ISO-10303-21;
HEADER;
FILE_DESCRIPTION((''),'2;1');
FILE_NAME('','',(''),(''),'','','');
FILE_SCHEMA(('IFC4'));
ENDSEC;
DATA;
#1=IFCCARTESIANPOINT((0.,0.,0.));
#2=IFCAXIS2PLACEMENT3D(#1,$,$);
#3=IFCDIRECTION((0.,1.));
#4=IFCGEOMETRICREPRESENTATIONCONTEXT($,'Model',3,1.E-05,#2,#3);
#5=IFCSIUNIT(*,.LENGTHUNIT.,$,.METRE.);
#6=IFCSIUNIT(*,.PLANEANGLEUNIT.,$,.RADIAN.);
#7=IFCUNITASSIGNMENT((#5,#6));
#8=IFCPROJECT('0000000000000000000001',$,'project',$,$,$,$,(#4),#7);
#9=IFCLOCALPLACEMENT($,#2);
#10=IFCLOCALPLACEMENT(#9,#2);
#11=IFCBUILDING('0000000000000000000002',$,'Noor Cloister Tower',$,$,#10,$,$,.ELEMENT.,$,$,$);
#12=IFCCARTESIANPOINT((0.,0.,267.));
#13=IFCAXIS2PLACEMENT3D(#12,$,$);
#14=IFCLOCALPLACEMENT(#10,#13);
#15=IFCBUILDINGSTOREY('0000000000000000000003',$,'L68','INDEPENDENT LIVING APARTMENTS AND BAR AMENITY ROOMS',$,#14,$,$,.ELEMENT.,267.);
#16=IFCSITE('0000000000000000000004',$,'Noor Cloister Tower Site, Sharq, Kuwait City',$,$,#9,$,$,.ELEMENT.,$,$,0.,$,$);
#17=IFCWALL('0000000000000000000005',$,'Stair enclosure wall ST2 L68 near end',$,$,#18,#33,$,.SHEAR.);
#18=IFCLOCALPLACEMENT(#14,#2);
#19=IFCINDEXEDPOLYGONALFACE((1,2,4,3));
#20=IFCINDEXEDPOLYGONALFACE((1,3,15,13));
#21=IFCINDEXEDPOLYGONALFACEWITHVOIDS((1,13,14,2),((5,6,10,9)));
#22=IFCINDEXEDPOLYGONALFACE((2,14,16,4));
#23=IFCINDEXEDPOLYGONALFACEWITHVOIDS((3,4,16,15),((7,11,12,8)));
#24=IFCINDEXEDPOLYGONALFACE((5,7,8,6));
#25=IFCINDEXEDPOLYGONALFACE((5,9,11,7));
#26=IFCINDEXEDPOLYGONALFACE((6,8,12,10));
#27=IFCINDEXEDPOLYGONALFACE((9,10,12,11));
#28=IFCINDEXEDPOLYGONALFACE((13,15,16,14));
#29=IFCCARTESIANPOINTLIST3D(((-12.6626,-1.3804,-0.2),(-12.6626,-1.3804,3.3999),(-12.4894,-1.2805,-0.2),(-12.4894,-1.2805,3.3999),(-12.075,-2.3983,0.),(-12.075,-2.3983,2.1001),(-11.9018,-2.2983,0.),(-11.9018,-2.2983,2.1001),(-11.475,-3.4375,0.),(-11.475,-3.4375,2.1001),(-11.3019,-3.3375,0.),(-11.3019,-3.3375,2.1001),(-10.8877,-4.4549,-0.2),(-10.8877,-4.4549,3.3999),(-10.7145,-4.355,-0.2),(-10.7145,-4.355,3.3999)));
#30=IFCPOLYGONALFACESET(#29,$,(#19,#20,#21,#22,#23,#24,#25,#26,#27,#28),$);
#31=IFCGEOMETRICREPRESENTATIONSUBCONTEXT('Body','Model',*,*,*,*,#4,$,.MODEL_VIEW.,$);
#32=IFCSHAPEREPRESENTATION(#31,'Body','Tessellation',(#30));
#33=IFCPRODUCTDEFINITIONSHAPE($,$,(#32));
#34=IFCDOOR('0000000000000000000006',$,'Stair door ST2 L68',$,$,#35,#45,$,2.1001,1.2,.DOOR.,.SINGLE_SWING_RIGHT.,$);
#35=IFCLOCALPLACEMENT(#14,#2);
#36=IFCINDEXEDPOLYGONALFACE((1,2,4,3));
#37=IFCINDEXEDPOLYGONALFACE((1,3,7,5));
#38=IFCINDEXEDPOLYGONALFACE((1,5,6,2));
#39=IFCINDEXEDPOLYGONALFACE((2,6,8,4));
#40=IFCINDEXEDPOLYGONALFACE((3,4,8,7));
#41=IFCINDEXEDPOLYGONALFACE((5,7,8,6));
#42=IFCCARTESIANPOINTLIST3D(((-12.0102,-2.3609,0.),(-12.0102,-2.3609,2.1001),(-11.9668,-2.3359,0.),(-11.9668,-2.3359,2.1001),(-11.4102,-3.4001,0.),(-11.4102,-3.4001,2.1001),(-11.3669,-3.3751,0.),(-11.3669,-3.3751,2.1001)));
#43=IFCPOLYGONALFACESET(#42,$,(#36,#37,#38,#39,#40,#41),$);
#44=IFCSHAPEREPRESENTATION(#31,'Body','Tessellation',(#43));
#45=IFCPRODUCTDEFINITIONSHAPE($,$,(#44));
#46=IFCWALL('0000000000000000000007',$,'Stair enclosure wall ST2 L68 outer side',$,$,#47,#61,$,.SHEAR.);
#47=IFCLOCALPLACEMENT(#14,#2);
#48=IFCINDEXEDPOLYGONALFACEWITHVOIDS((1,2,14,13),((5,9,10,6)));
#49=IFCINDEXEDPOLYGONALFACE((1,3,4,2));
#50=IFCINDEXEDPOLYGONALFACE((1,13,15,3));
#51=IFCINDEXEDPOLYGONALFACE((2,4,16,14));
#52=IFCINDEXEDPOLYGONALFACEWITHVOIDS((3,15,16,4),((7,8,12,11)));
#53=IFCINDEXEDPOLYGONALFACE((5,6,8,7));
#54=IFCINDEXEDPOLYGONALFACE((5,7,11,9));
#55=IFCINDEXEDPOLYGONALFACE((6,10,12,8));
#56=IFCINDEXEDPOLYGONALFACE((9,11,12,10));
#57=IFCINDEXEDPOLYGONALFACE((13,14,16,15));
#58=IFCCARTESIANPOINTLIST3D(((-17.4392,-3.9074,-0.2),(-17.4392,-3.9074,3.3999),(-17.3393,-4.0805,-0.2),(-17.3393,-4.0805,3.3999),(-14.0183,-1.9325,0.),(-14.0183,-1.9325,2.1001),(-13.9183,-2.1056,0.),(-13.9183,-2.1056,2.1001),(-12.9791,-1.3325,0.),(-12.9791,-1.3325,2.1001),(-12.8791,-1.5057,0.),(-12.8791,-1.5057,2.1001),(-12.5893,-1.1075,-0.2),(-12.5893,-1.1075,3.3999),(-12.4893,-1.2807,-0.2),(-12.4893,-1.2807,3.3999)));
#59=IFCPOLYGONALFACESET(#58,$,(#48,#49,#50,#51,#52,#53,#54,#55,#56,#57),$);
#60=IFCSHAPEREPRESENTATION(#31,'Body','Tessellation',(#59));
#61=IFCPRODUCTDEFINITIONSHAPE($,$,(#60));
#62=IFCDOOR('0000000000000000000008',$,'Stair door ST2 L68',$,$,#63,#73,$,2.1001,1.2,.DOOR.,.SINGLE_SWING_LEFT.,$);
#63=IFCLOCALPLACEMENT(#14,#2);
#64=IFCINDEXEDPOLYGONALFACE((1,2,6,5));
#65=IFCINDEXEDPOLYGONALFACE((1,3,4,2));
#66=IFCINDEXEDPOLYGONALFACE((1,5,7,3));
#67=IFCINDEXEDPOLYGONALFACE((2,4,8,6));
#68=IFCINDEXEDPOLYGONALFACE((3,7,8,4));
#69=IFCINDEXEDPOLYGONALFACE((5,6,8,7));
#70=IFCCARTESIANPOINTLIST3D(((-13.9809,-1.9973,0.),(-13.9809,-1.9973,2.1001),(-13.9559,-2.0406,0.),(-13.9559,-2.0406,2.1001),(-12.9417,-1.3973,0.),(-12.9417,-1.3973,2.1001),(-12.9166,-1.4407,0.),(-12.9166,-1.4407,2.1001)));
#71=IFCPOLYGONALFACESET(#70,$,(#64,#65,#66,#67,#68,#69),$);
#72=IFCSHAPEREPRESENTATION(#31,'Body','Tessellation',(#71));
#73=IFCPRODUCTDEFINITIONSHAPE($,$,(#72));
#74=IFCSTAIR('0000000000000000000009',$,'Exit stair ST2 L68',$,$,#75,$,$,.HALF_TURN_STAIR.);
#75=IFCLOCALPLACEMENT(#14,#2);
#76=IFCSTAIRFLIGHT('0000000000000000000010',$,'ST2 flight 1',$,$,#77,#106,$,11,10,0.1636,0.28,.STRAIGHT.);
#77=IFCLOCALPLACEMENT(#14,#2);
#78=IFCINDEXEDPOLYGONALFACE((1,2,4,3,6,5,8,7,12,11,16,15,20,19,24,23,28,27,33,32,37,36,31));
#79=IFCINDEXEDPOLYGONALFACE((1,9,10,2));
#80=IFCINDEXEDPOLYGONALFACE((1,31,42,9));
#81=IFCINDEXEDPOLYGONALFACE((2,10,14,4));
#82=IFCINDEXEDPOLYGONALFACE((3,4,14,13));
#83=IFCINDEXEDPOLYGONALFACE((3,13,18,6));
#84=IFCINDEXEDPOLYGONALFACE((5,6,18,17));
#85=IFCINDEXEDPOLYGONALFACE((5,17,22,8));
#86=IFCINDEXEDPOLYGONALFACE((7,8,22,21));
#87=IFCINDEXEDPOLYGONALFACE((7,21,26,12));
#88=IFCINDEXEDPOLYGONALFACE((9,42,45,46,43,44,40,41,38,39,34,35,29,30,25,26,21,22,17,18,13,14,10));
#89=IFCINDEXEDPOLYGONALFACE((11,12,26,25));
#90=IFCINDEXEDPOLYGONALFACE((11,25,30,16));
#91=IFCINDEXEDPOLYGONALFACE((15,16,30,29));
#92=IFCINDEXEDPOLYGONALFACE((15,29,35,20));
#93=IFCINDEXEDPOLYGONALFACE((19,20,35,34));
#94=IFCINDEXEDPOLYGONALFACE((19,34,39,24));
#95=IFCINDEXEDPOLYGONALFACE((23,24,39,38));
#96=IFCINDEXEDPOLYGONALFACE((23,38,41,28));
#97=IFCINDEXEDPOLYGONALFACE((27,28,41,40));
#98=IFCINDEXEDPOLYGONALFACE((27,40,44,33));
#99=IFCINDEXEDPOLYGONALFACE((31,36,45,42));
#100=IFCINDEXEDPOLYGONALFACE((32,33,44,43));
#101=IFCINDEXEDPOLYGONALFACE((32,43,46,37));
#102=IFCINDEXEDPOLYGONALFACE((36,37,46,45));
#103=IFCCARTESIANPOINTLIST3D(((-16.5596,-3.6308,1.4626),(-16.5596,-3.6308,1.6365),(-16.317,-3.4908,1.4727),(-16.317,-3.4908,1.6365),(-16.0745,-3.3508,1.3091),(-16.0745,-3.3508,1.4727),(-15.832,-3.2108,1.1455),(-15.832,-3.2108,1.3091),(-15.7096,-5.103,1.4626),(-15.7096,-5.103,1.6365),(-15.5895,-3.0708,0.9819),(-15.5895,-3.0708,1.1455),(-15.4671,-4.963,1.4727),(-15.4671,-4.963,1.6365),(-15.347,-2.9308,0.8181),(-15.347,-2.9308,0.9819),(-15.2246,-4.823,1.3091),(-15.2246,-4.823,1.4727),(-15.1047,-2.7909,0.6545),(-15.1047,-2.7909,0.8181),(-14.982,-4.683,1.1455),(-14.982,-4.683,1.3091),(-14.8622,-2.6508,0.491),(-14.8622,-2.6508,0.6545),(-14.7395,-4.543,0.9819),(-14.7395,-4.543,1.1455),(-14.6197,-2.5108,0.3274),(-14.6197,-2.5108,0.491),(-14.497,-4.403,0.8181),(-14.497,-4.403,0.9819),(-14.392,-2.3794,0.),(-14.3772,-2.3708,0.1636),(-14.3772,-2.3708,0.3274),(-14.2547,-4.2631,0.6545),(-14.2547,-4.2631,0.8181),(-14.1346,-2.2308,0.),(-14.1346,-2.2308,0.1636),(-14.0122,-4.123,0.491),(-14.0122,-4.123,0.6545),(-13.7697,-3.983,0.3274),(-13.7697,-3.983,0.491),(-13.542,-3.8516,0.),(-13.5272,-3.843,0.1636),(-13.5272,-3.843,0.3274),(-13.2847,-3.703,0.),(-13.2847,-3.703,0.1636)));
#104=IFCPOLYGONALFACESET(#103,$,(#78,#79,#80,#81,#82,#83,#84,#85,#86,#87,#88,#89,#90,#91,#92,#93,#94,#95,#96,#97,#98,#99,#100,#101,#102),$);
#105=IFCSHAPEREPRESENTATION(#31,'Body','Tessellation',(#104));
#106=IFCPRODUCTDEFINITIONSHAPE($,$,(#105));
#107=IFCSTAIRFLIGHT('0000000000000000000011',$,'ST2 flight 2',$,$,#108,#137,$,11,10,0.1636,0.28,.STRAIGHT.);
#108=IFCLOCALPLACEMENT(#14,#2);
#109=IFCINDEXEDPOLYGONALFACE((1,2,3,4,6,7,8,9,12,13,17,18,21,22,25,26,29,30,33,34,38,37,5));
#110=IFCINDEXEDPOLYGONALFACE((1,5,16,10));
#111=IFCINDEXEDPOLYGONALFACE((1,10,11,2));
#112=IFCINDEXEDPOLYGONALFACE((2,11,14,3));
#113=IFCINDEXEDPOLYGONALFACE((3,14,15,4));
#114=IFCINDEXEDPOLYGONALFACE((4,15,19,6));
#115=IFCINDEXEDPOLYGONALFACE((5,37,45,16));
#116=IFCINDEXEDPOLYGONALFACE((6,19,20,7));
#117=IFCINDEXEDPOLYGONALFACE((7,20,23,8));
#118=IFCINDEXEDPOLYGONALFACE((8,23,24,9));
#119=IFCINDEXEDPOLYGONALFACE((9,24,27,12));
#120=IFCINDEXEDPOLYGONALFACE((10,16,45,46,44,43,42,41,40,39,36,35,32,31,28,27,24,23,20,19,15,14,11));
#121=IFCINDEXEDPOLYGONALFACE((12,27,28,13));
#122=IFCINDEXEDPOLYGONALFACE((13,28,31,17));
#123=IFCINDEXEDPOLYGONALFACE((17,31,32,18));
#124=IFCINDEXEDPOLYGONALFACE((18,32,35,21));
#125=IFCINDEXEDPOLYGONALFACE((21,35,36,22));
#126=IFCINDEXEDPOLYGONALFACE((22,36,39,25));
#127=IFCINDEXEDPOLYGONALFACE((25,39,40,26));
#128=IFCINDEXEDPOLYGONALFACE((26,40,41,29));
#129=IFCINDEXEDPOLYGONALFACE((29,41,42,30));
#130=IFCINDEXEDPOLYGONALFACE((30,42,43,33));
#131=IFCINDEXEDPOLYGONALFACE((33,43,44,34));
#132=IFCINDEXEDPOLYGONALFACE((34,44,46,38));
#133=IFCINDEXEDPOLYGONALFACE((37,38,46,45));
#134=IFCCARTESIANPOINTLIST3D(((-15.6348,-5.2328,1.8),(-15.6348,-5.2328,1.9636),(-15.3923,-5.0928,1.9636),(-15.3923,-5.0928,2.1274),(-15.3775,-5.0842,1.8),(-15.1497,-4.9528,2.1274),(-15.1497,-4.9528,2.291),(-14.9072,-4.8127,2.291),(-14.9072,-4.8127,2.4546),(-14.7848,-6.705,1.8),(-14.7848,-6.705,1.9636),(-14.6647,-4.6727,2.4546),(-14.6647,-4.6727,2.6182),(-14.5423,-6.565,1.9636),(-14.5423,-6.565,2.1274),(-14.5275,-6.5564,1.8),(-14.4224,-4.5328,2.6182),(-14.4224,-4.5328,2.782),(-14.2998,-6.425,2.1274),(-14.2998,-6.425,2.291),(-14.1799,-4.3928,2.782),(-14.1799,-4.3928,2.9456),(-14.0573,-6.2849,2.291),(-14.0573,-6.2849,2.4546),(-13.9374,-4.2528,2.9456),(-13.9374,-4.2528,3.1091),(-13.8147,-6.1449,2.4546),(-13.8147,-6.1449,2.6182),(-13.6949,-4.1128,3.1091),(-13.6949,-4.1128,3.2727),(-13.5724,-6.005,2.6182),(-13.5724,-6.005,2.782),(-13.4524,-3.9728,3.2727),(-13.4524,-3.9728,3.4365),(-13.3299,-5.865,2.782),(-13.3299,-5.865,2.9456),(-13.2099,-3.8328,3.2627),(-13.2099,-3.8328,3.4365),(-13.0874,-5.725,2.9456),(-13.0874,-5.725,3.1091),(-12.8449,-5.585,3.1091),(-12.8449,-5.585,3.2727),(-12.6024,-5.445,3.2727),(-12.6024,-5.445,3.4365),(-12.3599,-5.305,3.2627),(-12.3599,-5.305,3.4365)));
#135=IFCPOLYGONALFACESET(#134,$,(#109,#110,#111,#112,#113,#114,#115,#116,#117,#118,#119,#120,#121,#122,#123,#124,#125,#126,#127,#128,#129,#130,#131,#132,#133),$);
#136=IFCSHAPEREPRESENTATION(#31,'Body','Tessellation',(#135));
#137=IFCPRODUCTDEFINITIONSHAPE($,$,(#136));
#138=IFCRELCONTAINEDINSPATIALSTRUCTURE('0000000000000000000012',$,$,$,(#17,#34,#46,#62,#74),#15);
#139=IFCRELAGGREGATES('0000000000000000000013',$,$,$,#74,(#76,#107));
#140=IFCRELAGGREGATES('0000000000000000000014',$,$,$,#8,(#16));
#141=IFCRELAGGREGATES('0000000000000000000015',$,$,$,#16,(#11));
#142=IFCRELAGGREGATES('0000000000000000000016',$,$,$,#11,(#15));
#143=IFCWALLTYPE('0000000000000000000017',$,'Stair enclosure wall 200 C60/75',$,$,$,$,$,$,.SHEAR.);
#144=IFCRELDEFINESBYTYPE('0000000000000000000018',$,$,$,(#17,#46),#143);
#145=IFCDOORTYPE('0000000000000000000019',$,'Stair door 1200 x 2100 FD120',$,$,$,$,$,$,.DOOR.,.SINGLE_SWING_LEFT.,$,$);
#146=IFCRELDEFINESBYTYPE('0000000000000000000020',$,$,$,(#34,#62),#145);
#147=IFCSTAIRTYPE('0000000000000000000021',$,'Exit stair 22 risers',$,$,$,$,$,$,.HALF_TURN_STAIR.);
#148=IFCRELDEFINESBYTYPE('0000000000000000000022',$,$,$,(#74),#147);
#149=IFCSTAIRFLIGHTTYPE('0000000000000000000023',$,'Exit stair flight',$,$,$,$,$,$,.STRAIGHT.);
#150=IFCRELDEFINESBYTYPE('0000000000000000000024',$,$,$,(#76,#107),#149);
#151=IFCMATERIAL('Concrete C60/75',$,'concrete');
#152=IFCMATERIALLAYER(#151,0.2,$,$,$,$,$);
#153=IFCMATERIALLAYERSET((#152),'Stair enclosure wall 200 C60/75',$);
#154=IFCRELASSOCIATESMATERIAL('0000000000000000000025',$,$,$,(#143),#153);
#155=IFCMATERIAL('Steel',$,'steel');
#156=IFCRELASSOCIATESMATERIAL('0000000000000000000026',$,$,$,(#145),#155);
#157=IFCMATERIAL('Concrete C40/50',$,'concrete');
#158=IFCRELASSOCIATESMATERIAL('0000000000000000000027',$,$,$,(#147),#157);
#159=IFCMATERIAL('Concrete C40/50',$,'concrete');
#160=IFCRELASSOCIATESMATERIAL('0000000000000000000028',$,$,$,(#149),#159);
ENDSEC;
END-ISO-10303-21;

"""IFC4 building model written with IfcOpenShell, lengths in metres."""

from ifc_helpers import new_model, si_unit, direction, frame, frame_2d, origin, place, context, subcontext, project, spatial, polyline, rectangle, outline, extrude, material, layer, layer_set, type_object, element, fill, aggregate, save


model = new_model("IFC4")

# Units and contexts
model_context = context("Model", 3, precision=1e-05, world=origin(), true_north=direction((0.0, 1.0)))
body_context = subcontext(model_context, "Body", "Model", "MODEL_VIEW")
ifc_project = project(units=[si_unit("LENGTHUNIT", "METRE"), si_unit("PLANEANGLEUNIT", "RADIAN")], contexts=[model_context])

# Site, building, storey
site_placement = place(None, origin())
site = spatial("IfcSite", under=ifc_project, at=site_placement, Name="Noor Cloister Tower Site, Sharq, Kuwait City", CompositionType="ELEMENT", RefElevation=0.0)
building_placement = place(site_placement, origin())
building = spatial("IfcBuilding", under=site, at=building_placement, Name="Noor Cloister Tower", CompositionType="ELEMENT")
storey_placement = place(building_placement, frame((0.0, 0.0, 267.0)))
storey = spatial("IfcBuildingStorey", under=building, at=storey_placement, Name="L68", Description="INDEPENDENT LIVING APARTMENTS AND BAR AMENITY ROOMS", CompositionType="ELEMENT", Elevation=267.0)

# Walls, openings, doors
ifc_material_1 = material(Name="Concrete C60/75", Category="concrete")
ifc_layer_1 = layer(ifc_material_1, 0.2)
ifc_layer_set_1 = layer_set([ifc_layer_1], Name="Stair enclosure wall 200 C60/75")
wall_type_1 = type_object("IfcWallType", Name="Stair enclosure wall 200 C60/75", PredefinedType="SHEAR", material=ifc_layer_set_1)
wall_1_placement = place(storey_placement, frame((-12.5759, -1.3306, -0.2), z_axis=(0.0, 0.0, 1.0), x_axis=(0.49997, -0.866042, 0.0)))
wall_1 = element("IfcWall", 1, at=wall_1_placement, inside=storey, type_object=wall_type_1, Name="Stair enclosure wall ST2 L68 near end", PredefinedType="SHEAR", context=body_context, shape_type="SweptSolid", body=[
    extrude(rectangle(XDim=3.55, YDim=0.2, at=frame_2d((1.7749, 0.0))), origin(), (0.0, 0.0, 1.0), 3.5999),
])
opening_1_placement = place(wall_1_placement, frame((1.175, 0.0, 0.2)))
opening_1 = element("IfcOpeningElement", 2, at=opening_1_placement, cuts=wall_1, PredefinedType="OPENING", context=body_context, shape_type="SweptSolid", body=[
    extrude(rectangle(XDim=1.2, YDim=2.1001, at=frame_2d((0.6001, 1.05))), frame((0.0, 0.1099, 0.0), z_axis=(0.0, -1.0, 0.0), x_axis=(1.0, 0.0, 0.0)), (0.0, 0.0, 1.0), 0.22),
])
ifc_material_2 = material(Name="Steel", Category="steel")
door_type_1 = type_object("IfcDoorType", Name="Stair door 1200 x 2100 FD120", OperationType="SINGLE_SWING_LEFT", PredefinedType="DOOR", material=ifc_material_2)
door_1_placement = place(opening_1_placement, origin())
door_1 = element("IfcDoor", 3, at=door_1_placement, inside=storey, type_object=door_type_1, Name="Stair door ST2 L68", OperationType="SINGLE_SWING_RIGHT", OverallHeight=2.1001, OverallWidth=1.2, PredefinedType="DOOR", context=body_context, shape_type="SweptSolid", body=[
    extrude(rectangle(XDim=1.2, YDim=2.1001, at=frame_2d((0.6001, 1.05))), frame((0.0, 0.0249, 0.0), z_axis=(0.0, -1.0, 0.0), x_axis=(1.0, 0.0, 0.0)), (0.0, 0.0, 1.0), 0.05),
])
fill(opening_1, door_1)
wall_2_placement = place(storey_placement, frame((-12.5393, -1.1941, -0.2), z_axis=(0.0, 0.0, 1.0), x_axis=(-0.866045, -0.499965, 0.0)))
wall_2 = element("IfcWall", 4, at=wall_2_placement, inside=storey, type_object=wall_type_1, Name="Stair enclosure wall ST2 L68 outer side", PredefinedType="SHEAR", context=body_context, shape_type="SweptSolid", body=[
    extrude(rectangle(XDim=5.6001, YDim=0.2, at=frame_2d((2.8, 0.0))), origin(), (0.0, 0.0, 1.0), 3.5999),
])
opening_2_placement = place(wall_2_placement, frame((0.45, 0.0, 0.2)))
opening_2 = element("IfcOpeningElement", 5, at=opening_2_placement, cuts=wall_2, PredefinedType="OPENING", context=body_context, shape_type="SweptSolid", body=[
    extrude(rectangle(XDim=1.2, YDim=2.1001, at=frame_2d((0.6001, 1.05))), frame((0.0, 0.1099, 0.0), z_axis=(0.0, -1.0, 0.0), x_axis=(1.0, 0.0, 0.0)), (0.0, 0.0, 1.0), 0.22),
])
door_2_placement = place(opening_2_placement, origin())
door_2 = element("IfcDoor", 6, at=door_2_placement, inside=storey, type_object=door_type_1, Name="Stair door ST2 L68", OperationType="SINGLE_SWING_LEFT", OverallHeight=2.1001, OverallWidth=1.2, PredefinedType="DOOR", context=body_context, shape_type="SweptSolid", body=[
    extrude(rectangle(XDim=1.2, YDim=2.1001, at=frame_2d((0.6001, 1.05))), frame((0.0, 0.0249, 0.0), z_axis=(0.0, -1.0, 0.0), x_axis=(1.0, 0.0, 0.0)), (0.0, 0.0, 1.0), 0.05),
])
fill(opening_2, door_2)

# Stair, stair flights
ifc_material_3 = material(Name="Concrete C40/50", Category="concrete")
stair_type = type_object("IfcStairType", Name="Exit stair 22 risers", PredefinedType="HALF_TURN_STAIR", material=ifc_material_3)
stair_placement = place(storey_placement, origin())
stair = element("IfcStair", 7, at=stair_placement, inside=storey, type_object=stair_type, Name="Exit stair ST2 L68", PredefinedType="HALF_TURN_STAIR")
ifc_material_4 = material(Name="Concrete C40/50", Category="concrete")
stair_flight_type = type_object("IfcStairFlightType", Name="Exit stair flight", PredefinedType="STRAIGHT", material=ifc_material_4)
stair_flight_1_placement = place(storey_placement, frame((-13.7097, -2.9668, 0.0), z_axis=(0.0, 0.0, 1.0), x_axis=(-0.866025, -0.5, 0.0)))
stair_flight_1 = element("IfcStairFlight", 8, at=stair_flight_1_placement, type_object=stair_flight_type, Name="ST2 flight 1", NumberOfRisers=11, NumberOfTreads=10, PredefinedType="STRAIGHT", RiserHeight=0.1636, TreadLength=0.28, context=body_context, shape_type="SweptSolid", body=[
    extrude(outline(polyline([(0.0, 0.0), (0.0, 0.1636), (0.28, 0.1636), (0.28, 0.3274), (0.5601, 0.3274), (0.5601, 0.491), (0.8401, 0.491), (0.8401, 0.6545), (1.1201, 0.6545), (1.1201, 0.8181), (1.3999, 0.8181), (1.3999, 0.9819), (1.6799, 0.9819), (1.6799, 1.1455), (1.96, 1.1455), (1.96, 1.3091), (2.24, 1.3091), (2.24, 1.4727), (2.52, 1.4727), (2.52, 1.6365), (2.8, 1.6365), (2.8, 1.8), (2.8, 1.4626), (0.2971, 0.0), (0.0, 0.0)])), frame((0.0, 0.8501, 0.0), z_axis=(0.0, -1.0, 0.0), x_axis=(1.0, 0.0, 0.0)), (0.0, 0.0, 1.0), 1.7),
])
stair_flight_2_placement = place(storey_placement, frame((-15.2097, -5.969, 1.8), z_axis=(0.0, 0.0, 1.0), x_axis=(0.866025, 0.5, 0.0)))
stair_flight_2 = element("IfcStairFlight", 9, at=stair_flight_2_placement, type_object=stair_flight_type, Name="ST2 flight 2", NumberOfRisers=11, NumberOfTreads=10, PredefinedType="STRAIGHT", RiserHeight=0.1636, TreadLength=0.28, context=body_context, shape_type="SweptSolid", body=[
    extrude(outline(polyline([(0.0, 0.0), (0.0, 0.1636), (0.28, 0.1636), (0.28, 0.3274), (0.5601, 0.3274), (0.5601, 0.491), (0.8401, 0.491), (0.8401, 0.6545), (1.1201, 0.6545), (1.1201, 0.8181), (1.3999, 0.8181), (1.3999, 0.9819), (1.6799, 0.9819), (1.6799, 1.1455), (1.96, 1.1455), (1.96, 1.3091), (2.24, 1.3091), (2.24, 1.4727), (2.52, 1.4727), (2.52, 1.6365), (2.8, 1.6365), (2.8, 1.8), (2.8, 1.4626), (0.2971, 0.0), (0.0, 0.0)])), frame((0.0, 0.8501, 0.0), z_axis=(0.0, -1.0, 0.0), x_axis=(1.0, 0.0, 0.0)), (0.0, 0.0, 1.0), 1.7),
])
aggregate(stair, [stair_flight_1, stair_flight_2])

save(model, "model.ifc")
